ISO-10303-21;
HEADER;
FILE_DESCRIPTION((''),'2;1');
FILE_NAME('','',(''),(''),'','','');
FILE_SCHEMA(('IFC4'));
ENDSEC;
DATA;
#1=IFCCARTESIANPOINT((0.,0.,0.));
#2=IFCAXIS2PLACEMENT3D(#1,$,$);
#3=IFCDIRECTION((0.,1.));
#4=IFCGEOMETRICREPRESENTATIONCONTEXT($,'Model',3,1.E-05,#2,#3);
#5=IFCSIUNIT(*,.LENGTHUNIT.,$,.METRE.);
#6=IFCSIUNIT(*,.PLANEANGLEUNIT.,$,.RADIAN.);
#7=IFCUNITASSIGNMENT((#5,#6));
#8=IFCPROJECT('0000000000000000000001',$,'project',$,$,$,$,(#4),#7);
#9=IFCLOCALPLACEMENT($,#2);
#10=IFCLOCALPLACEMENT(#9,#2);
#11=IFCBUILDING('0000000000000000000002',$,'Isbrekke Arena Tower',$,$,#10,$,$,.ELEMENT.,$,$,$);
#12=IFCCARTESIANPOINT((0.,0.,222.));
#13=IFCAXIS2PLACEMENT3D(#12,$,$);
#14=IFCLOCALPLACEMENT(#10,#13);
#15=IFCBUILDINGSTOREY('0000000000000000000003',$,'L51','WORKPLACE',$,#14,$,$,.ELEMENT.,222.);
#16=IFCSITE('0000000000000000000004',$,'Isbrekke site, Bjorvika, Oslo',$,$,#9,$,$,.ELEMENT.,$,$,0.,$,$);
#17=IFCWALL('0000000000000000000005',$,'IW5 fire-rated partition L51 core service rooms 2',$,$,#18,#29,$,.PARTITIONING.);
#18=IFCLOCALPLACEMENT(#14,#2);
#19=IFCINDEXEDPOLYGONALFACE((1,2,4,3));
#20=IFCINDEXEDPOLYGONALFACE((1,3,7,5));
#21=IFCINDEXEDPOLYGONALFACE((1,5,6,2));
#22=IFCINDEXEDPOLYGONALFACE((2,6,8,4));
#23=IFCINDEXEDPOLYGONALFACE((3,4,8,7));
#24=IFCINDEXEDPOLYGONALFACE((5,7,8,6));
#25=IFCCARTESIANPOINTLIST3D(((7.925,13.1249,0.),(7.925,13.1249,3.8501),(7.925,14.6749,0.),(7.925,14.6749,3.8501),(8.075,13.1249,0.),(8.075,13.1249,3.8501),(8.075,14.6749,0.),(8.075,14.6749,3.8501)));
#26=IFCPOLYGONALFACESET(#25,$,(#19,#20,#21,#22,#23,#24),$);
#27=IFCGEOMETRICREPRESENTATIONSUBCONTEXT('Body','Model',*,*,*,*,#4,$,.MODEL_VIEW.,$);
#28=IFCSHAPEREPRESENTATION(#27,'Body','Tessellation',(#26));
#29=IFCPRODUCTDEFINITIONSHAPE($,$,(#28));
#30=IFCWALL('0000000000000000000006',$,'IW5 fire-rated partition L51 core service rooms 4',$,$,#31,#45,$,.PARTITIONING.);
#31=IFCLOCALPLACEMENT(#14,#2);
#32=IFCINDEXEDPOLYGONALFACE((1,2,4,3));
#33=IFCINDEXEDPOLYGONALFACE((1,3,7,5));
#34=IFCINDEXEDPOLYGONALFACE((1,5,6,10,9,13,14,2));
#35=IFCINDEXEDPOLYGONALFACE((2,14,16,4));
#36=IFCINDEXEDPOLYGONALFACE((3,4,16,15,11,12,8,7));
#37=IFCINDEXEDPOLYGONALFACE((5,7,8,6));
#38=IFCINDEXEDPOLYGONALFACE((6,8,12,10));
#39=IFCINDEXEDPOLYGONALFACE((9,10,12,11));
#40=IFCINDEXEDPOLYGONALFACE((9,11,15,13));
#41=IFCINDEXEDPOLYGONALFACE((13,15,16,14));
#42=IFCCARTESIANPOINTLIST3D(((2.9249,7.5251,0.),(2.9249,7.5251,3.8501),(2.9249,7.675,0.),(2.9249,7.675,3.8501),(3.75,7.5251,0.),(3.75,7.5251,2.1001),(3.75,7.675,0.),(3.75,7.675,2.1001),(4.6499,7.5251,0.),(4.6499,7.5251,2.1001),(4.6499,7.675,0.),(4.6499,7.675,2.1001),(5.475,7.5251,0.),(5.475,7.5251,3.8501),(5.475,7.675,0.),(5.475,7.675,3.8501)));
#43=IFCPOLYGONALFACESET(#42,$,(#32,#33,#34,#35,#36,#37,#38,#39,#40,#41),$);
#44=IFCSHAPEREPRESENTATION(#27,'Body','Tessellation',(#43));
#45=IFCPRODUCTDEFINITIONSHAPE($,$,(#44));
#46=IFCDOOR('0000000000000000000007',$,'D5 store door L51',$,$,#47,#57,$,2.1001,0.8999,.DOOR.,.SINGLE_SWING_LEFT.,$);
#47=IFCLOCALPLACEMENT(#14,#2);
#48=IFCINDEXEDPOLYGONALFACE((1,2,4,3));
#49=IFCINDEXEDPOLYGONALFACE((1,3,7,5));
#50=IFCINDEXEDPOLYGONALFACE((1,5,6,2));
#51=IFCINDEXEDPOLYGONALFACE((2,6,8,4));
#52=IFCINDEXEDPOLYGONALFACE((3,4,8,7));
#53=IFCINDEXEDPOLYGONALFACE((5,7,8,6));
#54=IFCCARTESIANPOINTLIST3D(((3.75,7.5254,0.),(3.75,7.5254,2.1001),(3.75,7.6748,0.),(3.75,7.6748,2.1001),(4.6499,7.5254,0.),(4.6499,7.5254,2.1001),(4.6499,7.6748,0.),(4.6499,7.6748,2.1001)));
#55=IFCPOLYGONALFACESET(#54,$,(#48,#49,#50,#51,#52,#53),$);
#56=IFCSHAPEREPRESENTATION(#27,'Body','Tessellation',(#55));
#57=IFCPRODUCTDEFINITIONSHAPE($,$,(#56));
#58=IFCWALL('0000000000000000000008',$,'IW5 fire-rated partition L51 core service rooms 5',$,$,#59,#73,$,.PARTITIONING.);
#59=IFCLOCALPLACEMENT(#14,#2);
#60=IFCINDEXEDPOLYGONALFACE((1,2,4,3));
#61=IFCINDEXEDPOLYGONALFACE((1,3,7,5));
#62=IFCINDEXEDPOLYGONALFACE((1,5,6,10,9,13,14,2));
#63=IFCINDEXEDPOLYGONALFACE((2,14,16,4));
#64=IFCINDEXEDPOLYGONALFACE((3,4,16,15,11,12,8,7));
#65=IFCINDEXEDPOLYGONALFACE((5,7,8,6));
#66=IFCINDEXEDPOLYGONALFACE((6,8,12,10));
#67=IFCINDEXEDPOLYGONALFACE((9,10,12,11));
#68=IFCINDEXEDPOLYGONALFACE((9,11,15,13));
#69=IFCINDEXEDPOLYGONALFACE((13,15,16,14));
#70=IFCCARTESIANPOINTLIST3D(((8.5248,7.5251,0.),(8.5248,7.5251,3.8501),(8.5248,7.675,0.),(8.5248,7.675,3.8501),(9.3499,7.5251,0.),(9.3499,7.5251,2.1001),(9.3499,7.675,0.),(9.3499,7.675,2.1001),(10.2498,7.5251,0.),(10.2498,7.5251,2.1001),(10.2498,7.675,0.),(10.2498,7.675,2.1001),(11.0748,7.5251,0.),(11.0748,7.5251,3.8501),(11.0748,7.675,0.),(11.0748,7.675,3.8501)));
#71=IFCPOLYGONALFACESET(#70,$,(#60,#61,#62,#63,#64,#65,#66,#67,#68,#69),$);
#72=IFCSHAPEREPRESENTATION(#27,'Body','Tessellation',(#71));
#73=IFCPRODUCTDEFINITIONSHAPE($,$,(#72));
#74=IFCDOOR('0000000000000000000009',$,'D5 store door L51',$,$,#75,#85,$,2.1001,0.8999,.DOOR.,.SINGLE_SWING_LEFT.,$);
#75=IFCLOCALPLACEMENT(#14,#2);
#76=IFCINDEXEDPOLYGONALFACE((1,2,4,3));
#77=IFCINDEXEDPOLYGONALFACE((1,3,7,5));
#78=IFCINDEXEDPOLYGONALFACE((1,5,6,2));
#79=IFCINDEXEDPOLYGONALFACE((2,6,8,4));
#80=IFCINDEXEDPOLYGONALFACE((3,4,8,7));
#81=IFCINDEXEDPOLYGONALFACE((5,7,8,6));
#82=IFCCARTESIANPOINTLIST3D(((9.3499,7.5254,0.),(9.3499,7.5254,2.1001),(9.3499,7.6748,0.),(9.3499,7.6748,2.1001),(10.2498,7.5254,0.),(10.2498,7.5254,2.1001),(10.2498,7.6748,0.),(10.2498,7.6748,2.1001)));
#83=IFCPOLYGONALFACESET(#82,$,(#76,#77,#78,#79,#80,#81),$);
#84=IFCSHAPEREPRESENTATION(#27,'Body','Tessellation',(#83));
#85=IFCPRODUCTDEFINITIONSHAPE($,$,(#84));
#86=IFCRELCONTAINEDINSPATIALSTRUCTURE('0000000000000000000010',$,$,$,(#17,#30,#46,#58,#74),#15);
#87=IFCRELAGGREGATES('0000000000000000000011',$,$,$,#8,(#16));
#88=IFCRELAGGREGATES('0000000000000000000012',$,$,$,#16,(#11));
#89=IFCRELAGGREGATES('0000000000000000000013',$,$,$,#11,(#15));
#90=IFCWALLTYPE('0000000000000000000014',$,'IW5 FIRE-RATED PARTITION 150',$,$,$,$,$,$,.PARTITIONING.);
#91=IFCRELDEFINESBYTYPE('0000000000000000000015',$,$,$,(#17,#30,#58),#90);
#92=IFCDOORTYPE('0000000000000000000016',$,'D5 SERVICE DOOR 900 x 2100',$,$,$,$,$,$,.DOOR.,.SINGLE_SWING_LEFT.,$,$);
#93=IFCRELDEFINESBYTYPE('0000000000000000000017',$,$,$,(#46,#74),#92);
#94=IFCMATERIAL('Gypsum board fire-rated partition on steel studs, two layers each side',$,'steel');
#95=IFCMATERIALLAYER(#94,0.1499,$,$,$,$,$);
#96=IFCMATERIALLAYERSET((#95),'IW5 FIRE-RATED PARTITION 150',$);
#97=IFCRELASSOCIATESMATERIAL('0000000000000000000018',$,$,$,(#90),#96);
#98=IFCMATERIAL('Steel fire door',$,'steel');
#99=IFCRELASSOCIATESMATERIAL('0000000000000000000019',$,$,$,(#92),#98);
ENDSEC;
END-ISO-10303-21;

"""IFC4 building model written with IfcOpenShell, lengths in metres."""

from ifc_helpers import new_model, si_unit, direction, frame, frame_2d, origin, place, context, subcontext, project, spatial, rectangle, extrude, material, layer, layer_set, type_object, element, fill, save


model = new_model("IFC4")

# Units and contexts
model_context = context("Model", 3, precision=1e-05, world=origin(), true_north=direction((0.0, 1.0)))
body_context = subcontext(model_context, "Body", "Model", "MODEL_VIEW")
ifc_project = project(units=[si_unit("LENGTHUNIT", "METRE"), si_unit("PLANEANGLEUNIT", "RADIAN")], contexts=[model_context])

# Site, building, storey
site_placement = place(None, origin())
site = spatial("IfcSite", under=ifc_project, at=site_placement, Name="Isbrekke site, Bjorvika, Oslo", CompositionType="ELEMENT", RefElevation=0.0)
building_placement = place(site_placement, origin())
building = spatial("IfcBuilding", under=site, at=building_placement, Name="Isbrekke Arena Tower", CompositionType="ELEMENT")
storey_placement = place(building_placement, frame((0.0, 0.0, 222.0)))
storey = spatial("IfcBuildingStorey", under=building, at=storey_placement, Name="L51", Description="WORKPLACE", CompositionType="ELEMENT", Elevation=222.0)

# Wall
ifc_material_1 = material(Name="Gypsum board fire-rated partition on steel studs, two layers each side", Category="steel")
ifc_layer_1 = layer(ifc_material_1, 0.1499)
ifc_layer_set_1 = layer_set([ifc_layer_1], Name="IW5 FIRE-RATED PARTITION 150")
wall_type_1 = type_object("IfcWallType", Name="IW5 FIRE-RATED PARTITION 150", PredefinedType="PARTITIONING", material=ifc_layer_set_1)
wall_1_placement = place(storey_placement, frame((8.0, 13.125, 0.0), z_axis=(0.0, 0.0, 1.0), x_axis=(0.0, 1.0, 0.0)))
element("IfcWall", 1, at=wall_1_placement, inside=storey, type_object=wall_type_1, Name="IW5 fire-rated partition L51 core service rooms 2", PredefinedType="PARTITIONING", context=body_context, shape_type="SweptSolid", body=[
    extrude(rectangle(XDim=1.55, YDim=0.1499, at=frame_2d((0.7749, 0.0))), origin(), (0.0, 0.0, 1.0), 3.8501),
])

# Walls, openings, doors
wall_2_placement = place(storey_placement, frame((2.925, 7.6001, 0.0), z_axis=(0.0, 0.0, 1.0), x_axis=(1.0, 0.0, 0.0)))
wall_2 = element("IfcWall", 2, at=wall_2_placement, inside=storey, type_object=wall_type_1, Name="IW5 fire-rated partition L51 core service rooms 4", PredefinedType="PARTITIONING", context=body_context, shape_type="SweptSolid", body=[
    extrude(rectangle(XDim=2.55, YDim=0.1499, at=frame_2d((1.2749, 0.0))), origin(), (0.0, 0.0, 1.0), 3.8501),
])
opening_1_placement = place(wall_2_placement, frame((0.825, 0.0, 0.0)))
opening_1 = element("IfcOpeningElement", 3, at=opening_1_placement, cuts=wall_2, PredefinedType="OPENING", context=body_context, shape_type="SweptSolid", body=[
    extrude(rectangle(XDim=0.8999, YDim=2.1001, at=frame_2d((0.45, 1.05))), frame((0.0, 0.0898, 0.0), z_axis=(0.0, -1.0, 0.0), x_axis=(1.0, 0.0, 0.0)), (0.0, 0.0, 1.0), 0.1797),
])
ifc_material_2 = material(Name="Steel fire door", Category="steel")
door_type_1 = type_object("IfcDoorType", Name="D5 SERVICE DOOR 900 x 2100", OperationType="SINGLE_SWING_LEFT", PredefinedType="DOOR", material=ifc_material_2)
door_1_placement = place(opening_1_placement, origin())
door_1 = element("IfcDoor", 4, at=door_1_placement, inside=storey, type_object=door_type_1, Name="D5 store door L51", OperationType="SINGLE_SWING_LEFT", OverallHeight=2.1001, OverallWidth=0.8999, PredefinedType="DOOR", context=body_context, shape_type="SweptSolid", body=[
    extrude(rectangle(XDim=0.8999, YDim=2.1001, at=frame_2d((0.45, 1.05))), frame((0.0, 0.0747, 0.0), z_axis=(0.0, -1.0, 0.0), x_axis=(1.0, 0.0, 0.0)), (0.0, 0.0, 1.0), 0.1494),
])
fill(opening_1, door_1)
wall_3_placement = place(storey_placement, frame((8.5249, 7.6001, 0.0), z_axis=(0.0, 0.0, 1.0), x_axis=(1.0, 0.0, 0.0)))
wall_3 = element("IfcWall", 5, at=wall_3_placement, inside=storey, type_object=wall_type_1, Name="IW5 fire-rated partition L51 core service rooms 5", PredefinedType="PARTITIONING", context=body_context, shape_type="SweptSolid", body=[
    extrude(rectangle(XDim=2.55, YDim=0.1499, at=frame_2d((1.2749, 0.0))), origin(), (0.0, 0.0, 1.0), 3.8501),
])
opening_2_placement = place(wall_3_placement, frame((0.825, 0.0, 0.0)))
opening_2 = element("IfcOpeningElement", 6, at=opening_2_placement, cuts=wall_3, PredefinedType="OPENING", context=body_context, shape_type="SweptSolid", body=[
    extrude(rectangle(XDim=0.8999, YDim=2.1001, at=frame_2d((0.45, 1.05))), frame((0.0, 0.0898, 0.0), z_axis=(0.0, -1.0, 0.0), x_axis=(1.0, 0.0, 0.0)), (0.0, 0.0, 1.0), 0.1797),
])
door_2_placement = place(opening_2_placement, origin())
door_2 = element("IfcDoor", 7, at=door_2_placement, inside=storey, type_object=door_type_1, Name="D5 store door L51", OperationType="SINGLE_SWING_LEFT", OverallHeight=2.1001, OverallWidth=0.8999, PredefinedType="DOOR", context=body_context, shape_type="SweptSolid", body=[
    extrude(rectangle(XDim=0.8999, YDim=2.1001, at=frame_2d((0.45, 1.05))), frame((0.0, 0.0747, 0.0), z_axis=(0.0, -1.0, 0.0), x_axis=(1.0, 0.0, 0.0)), (0.0, 0.0, 1.0), 0.1494),
])
fill(opening_2, door_2)

save(model, "model.ifc")
